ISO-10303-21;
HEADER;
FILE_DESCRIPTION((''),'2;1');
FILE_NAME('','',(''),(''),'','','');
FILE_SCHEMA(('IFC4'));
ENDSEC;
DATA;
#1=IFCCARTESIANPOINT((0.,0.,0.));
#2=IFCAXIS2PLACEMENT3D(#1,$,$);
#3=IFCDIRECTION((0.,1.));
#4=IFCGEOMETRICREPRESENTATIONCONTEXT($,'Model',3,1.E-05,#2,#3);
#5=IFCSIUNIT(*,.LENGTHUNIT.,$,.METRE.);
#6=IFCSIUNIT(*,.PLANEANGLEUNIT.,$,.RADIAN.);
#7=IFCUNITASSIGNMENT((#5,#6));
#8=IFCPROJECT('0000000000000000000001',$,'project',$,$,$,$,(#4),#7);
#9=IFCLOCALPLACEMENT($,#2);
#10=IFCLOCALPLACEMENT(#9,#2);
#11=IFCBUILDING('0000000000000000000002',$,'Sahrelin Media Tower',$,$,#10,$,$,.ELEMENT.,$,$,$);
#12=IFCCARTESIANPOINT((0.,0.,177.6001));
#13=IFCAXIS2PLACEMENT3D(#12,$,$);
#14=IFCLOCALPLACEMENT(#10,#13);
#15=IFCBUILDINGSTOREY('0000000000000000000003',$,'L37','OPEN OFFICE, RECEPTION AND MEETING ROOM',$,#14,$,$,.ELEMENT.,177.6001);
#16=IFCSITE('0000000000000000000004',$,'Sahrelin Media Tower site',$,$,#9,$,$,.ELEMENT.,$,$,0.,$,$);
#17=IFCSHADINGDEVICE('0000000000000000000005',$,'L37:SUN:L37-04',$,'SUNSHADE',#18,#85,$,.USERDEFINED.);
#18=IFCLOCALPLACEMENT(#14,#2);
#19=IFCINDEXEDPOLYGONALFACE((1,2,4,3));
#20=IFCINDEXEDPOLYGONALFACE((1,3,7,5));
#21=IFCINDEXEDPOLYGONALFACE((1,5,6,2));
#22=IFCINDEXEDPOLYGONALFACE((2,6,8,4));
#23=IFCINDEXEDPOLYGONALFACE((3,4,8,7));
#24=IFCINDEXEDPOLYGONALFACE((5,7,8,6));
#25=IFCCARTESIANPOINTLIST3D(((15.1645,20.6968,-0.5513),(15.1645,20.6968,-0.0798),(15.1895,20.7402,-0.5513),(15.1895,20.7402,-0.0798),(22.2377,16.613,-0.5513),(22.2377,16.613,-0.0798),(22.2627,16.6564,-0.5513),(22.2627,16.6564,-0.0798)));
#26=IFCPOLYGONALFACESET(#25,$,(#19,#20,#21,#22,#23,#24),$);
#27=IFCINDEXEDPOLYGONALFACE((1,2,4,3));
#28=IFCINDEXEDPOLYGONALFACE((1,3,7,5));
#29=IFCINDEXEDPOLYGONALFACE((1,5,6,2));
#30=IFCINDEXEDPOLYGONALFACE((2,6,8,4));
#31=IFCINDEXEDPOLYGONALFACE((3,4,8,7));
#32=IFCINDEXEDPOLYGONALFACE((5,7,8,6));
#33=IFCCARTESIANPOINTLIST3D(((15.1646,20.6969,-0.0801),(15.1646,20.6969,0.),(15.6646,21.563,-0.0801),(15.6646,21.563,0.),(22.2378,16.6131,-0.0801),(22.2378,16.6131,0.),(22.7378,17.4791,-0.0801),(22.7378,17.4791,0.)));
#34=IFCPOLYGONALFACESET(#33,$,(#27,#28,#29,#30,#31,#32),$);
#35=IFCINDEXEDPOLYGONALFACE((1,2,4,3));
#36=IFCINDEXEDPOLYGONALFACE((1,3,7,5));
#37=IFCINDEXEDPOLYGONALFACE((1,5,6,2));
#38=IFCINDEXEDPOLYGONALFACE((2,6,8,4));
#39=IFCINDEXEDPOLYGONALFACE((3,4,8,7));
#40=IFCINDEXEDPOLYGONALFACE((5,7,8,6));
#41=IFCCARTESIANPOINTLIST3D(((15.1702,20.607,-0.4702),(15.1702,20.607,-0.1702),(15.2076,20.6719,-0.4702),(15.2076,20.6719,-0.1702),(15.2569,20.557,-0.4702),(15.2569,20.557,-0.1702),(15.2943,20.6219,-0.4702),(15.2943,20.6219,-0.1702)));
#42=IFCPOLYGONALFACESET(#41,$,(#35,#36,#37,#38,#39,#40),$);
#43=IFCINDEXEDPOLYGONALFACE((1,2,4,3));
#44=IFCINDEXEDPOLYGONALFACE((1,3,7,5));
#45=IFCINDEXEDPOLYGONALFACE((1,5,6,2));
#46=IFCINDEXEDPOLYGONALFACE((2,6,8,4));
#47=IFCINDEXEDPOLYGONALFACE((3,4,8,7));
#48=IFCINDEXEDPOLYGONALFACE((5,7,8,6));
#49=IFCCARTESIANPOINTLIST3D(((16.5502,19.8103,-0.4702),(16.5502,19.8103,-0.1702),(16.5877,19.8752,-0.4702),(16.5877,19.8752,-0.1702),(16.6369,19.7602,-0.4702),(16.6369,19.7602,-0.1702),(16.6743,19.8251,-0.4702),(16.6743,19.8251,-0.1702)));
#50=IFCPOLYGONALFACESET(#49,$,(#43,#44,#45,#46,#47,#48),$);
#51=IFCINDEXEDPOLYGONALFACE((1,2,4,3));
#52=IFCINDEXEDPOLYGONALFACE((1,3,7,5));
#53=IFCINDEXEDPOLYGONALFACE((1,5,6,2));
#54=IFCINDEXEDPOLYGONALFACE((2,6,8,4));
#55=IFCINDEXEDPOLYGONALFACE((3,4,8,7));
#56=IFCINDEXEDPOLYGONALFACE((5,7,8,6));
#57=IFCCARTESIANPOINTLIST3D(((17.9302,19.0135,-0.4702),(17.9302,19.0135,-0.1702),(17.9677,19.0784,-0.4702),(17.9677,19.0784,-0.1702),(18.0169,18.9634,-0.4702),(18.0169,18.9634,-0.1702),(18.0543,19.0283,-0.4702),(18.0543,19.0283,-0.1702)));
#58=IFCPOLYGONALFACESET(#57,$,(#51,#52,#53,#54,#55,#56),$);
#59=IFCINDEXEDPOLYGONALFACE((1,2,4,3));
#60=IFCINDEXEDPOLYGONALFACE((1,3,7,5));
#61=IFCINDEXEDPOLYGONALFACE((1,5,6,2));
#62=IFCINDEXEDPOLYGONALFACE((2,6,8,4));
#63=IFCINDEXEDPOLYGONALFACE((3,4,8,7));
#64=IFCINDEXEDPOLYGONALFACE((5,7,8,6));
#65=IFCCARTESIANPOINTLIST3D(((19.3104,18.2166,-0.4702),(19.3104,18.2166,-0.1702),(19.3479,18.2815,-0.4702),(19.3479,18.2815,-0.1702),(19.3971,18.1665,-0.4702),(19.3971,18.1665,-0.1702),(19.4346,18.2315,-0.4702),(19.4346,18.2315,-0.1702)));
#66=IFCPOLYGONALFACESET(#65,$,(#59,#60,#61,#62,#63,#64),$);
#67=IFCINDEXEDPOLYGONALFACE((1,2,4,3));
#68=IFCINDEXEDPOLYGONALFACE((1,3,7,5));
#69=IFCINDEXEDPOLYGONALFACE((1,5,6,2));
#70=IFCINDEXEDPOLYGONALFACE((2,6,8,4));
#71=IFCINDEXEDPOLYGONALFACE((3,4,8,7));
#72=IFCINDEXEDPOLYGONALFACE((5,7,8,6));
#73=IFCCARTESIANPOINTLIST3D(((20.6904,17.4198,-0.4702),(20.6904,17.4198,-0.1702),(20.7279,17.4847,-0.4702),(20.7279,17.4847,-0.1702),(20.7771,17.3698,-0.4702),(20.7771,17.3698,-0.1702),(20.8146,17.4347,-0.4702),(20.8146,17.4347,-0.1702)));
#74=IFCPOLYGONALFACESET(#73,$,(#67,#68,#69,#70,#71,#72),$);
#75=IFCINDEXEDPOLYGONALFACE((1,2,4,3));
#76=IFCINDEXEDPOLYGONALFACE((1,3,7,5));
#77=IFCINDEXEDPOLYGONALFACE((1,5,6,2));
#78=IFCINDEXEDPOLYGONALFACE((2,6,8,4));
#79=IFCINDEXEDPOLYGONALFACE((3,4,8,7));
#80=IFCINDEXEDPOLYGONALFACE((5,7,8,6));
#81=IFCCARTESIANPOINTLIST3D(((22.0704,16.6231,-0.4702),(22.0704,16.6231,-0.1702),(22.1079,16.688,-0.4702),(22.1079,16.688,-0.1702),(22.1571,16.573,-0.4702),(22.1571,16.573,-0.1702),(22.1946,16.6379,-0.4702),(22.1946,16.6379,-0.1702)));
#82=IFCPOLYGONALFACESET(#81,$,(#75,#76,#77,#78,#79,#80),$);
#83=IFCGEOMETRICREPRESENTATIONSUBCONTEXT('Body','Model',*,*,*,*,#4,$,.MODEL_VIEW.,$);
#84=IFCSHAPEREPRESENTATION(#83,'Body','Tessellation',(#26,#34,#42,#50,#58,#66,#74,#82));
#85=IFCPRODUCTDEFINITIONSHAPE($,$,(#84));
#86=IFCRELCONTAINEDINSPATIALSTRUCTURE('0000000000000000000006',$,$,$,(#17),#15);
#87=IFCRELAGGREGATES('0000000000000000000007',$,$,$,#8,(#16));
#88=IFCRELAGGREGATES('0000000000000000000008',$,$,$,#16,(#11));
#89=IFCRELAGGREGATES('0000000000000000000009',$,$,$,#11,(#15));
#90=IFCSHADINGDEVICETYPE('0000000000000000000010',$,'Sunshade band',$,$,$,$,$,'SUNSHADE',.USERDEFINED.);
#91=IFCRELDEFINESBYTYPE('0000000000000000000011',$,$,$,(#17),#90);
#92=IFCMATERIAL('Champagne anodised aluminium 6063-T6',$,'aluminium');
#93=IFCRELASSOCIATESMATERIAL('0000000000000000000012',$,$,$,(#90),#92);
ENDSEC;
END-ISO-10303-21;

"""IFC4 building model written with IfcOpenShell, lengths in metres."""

from ifc_helpers import new_model, si_unit, direction, frame, origin, origin_2d, place, context, subcontext, project, spatial, rectangle, extrude, material, type_object, element, save


model = new_model("IFC4")

# Units and contexts
model_context = context("Model", 3, precision=1e-05, world=origin(), true_north=direction((0.0, 1.0)))
body_context = subcontext(model_context, "Body", "Model", "MODEL_VIEW")
ifc_project = project(units=[si_unit("LENGTHUNIT", "METRE"), si_unit("PLANEANGLEUNIT", "RADIAN")], contexts=[model_context])

# Site, building, storey
site_placement = place(None, origin())
site = spatial("IfcSite", under=ifc_project, at=site_placement, Name="Sahrelin Media Tower site", CompositionType="ELEMENT", RefElevation=0.0)
building_placement = place(site_placement, origin())
building = spatial("IfcBuilding", under=site, at=building_placement, Name="Sahrelin Media Tower", CompositionType="ELEMENT")
storey_placement = place(building_placement, frame((0.0, 0.0, 177.6001)))
storey = spatial("IfcBuildingStorey", under=building, at=storey_placement, Name="L37", Description="OPEN OFFICE, RECEPTION AND MEETING ROOM", CompositionType="ELEMENT", Elevation=177.6001)

# Shared definitions
ifc_material_1 = material(Name="Champagne anodised aluminium 6063-T6", Category="aluminium")

# Shading device
placement_1 = place(storey_placement, frame((18.6912, 18.6377, 0.0), z_axis=(0.0, 0.0, 1.0), x_axis=(0.866019, -0.500011, 0.0)))
shading_device_type_1 = type_object("IfcShadingDeviceType", Name="Sunshade band", ElementType="SUNSHADE", PredefinedType="USERDEFINED", material=ifc_material_1)
element("IfcShadingDevice", 1, at=placement_1, inside=storey, type_object=shading_device_type_1, Name="L37:SUN:L37-04", ObjectType="SUNSHADE", PredefinedType="USERDEFINED", context=body_context, shape_type="SweptSolid", body=[
    extrude(rectangle(XDim=8.1675, YDim=0.05, at=origin_2d()), frame((0.0, 0.0449, -0.5513)), (0.0, 0.0, 1.0), 0.4714),
    extrude(rectangle(XDim=8.1675, YDim=1.0, at=origin_2d()), frame((0.0, 0.52, -0.0801)), (0.0, 0.0, 1.0), 0.0801),
    extrude(rectangle(XDim=0.1001, YDim=0.075, at=origin_2d()), frame((-3.9839, -0.0176, -0.4702)), (0.0, 0.0, 1.0), 0.3),
    extrude(rectangle(XDim=0.1001, YDim=0.075, at=origin_2d()), frame((-2.3904, -0.0176, -0.4702)), (0.0, 0.0, 1.0), 0.3),
    extrude(rectangle(XDim=0.1001, YDim=0.075, at=origin_2d()), frame((-0.7969, -0.0176, -0.4702)), (0.0, 0.0, 1.0), 0.3),
    extrude(rectangle(XDim=0.1001, YDim=0.075, at=origin_2d()), frame((0.7969, -0.0176, -0.4702)), (0.0, 0.0, 1.0), 0.3),
    extrude(rectangle(XDim=0.1001, YDim=0.075, at=origin_2d()), frame((2.3904, -0.0176, -0.4702)), (0.0, 0.0, 1.0), 0.3),
    extrude(rectangle(XDim=0.1001, YDim=0.075, at=origin_2d()), frame((3.9839, -0.0176, -0.4702)), (0.0, 0.0, 1.0), 0.3),
])

save(model, "model.ifc")
